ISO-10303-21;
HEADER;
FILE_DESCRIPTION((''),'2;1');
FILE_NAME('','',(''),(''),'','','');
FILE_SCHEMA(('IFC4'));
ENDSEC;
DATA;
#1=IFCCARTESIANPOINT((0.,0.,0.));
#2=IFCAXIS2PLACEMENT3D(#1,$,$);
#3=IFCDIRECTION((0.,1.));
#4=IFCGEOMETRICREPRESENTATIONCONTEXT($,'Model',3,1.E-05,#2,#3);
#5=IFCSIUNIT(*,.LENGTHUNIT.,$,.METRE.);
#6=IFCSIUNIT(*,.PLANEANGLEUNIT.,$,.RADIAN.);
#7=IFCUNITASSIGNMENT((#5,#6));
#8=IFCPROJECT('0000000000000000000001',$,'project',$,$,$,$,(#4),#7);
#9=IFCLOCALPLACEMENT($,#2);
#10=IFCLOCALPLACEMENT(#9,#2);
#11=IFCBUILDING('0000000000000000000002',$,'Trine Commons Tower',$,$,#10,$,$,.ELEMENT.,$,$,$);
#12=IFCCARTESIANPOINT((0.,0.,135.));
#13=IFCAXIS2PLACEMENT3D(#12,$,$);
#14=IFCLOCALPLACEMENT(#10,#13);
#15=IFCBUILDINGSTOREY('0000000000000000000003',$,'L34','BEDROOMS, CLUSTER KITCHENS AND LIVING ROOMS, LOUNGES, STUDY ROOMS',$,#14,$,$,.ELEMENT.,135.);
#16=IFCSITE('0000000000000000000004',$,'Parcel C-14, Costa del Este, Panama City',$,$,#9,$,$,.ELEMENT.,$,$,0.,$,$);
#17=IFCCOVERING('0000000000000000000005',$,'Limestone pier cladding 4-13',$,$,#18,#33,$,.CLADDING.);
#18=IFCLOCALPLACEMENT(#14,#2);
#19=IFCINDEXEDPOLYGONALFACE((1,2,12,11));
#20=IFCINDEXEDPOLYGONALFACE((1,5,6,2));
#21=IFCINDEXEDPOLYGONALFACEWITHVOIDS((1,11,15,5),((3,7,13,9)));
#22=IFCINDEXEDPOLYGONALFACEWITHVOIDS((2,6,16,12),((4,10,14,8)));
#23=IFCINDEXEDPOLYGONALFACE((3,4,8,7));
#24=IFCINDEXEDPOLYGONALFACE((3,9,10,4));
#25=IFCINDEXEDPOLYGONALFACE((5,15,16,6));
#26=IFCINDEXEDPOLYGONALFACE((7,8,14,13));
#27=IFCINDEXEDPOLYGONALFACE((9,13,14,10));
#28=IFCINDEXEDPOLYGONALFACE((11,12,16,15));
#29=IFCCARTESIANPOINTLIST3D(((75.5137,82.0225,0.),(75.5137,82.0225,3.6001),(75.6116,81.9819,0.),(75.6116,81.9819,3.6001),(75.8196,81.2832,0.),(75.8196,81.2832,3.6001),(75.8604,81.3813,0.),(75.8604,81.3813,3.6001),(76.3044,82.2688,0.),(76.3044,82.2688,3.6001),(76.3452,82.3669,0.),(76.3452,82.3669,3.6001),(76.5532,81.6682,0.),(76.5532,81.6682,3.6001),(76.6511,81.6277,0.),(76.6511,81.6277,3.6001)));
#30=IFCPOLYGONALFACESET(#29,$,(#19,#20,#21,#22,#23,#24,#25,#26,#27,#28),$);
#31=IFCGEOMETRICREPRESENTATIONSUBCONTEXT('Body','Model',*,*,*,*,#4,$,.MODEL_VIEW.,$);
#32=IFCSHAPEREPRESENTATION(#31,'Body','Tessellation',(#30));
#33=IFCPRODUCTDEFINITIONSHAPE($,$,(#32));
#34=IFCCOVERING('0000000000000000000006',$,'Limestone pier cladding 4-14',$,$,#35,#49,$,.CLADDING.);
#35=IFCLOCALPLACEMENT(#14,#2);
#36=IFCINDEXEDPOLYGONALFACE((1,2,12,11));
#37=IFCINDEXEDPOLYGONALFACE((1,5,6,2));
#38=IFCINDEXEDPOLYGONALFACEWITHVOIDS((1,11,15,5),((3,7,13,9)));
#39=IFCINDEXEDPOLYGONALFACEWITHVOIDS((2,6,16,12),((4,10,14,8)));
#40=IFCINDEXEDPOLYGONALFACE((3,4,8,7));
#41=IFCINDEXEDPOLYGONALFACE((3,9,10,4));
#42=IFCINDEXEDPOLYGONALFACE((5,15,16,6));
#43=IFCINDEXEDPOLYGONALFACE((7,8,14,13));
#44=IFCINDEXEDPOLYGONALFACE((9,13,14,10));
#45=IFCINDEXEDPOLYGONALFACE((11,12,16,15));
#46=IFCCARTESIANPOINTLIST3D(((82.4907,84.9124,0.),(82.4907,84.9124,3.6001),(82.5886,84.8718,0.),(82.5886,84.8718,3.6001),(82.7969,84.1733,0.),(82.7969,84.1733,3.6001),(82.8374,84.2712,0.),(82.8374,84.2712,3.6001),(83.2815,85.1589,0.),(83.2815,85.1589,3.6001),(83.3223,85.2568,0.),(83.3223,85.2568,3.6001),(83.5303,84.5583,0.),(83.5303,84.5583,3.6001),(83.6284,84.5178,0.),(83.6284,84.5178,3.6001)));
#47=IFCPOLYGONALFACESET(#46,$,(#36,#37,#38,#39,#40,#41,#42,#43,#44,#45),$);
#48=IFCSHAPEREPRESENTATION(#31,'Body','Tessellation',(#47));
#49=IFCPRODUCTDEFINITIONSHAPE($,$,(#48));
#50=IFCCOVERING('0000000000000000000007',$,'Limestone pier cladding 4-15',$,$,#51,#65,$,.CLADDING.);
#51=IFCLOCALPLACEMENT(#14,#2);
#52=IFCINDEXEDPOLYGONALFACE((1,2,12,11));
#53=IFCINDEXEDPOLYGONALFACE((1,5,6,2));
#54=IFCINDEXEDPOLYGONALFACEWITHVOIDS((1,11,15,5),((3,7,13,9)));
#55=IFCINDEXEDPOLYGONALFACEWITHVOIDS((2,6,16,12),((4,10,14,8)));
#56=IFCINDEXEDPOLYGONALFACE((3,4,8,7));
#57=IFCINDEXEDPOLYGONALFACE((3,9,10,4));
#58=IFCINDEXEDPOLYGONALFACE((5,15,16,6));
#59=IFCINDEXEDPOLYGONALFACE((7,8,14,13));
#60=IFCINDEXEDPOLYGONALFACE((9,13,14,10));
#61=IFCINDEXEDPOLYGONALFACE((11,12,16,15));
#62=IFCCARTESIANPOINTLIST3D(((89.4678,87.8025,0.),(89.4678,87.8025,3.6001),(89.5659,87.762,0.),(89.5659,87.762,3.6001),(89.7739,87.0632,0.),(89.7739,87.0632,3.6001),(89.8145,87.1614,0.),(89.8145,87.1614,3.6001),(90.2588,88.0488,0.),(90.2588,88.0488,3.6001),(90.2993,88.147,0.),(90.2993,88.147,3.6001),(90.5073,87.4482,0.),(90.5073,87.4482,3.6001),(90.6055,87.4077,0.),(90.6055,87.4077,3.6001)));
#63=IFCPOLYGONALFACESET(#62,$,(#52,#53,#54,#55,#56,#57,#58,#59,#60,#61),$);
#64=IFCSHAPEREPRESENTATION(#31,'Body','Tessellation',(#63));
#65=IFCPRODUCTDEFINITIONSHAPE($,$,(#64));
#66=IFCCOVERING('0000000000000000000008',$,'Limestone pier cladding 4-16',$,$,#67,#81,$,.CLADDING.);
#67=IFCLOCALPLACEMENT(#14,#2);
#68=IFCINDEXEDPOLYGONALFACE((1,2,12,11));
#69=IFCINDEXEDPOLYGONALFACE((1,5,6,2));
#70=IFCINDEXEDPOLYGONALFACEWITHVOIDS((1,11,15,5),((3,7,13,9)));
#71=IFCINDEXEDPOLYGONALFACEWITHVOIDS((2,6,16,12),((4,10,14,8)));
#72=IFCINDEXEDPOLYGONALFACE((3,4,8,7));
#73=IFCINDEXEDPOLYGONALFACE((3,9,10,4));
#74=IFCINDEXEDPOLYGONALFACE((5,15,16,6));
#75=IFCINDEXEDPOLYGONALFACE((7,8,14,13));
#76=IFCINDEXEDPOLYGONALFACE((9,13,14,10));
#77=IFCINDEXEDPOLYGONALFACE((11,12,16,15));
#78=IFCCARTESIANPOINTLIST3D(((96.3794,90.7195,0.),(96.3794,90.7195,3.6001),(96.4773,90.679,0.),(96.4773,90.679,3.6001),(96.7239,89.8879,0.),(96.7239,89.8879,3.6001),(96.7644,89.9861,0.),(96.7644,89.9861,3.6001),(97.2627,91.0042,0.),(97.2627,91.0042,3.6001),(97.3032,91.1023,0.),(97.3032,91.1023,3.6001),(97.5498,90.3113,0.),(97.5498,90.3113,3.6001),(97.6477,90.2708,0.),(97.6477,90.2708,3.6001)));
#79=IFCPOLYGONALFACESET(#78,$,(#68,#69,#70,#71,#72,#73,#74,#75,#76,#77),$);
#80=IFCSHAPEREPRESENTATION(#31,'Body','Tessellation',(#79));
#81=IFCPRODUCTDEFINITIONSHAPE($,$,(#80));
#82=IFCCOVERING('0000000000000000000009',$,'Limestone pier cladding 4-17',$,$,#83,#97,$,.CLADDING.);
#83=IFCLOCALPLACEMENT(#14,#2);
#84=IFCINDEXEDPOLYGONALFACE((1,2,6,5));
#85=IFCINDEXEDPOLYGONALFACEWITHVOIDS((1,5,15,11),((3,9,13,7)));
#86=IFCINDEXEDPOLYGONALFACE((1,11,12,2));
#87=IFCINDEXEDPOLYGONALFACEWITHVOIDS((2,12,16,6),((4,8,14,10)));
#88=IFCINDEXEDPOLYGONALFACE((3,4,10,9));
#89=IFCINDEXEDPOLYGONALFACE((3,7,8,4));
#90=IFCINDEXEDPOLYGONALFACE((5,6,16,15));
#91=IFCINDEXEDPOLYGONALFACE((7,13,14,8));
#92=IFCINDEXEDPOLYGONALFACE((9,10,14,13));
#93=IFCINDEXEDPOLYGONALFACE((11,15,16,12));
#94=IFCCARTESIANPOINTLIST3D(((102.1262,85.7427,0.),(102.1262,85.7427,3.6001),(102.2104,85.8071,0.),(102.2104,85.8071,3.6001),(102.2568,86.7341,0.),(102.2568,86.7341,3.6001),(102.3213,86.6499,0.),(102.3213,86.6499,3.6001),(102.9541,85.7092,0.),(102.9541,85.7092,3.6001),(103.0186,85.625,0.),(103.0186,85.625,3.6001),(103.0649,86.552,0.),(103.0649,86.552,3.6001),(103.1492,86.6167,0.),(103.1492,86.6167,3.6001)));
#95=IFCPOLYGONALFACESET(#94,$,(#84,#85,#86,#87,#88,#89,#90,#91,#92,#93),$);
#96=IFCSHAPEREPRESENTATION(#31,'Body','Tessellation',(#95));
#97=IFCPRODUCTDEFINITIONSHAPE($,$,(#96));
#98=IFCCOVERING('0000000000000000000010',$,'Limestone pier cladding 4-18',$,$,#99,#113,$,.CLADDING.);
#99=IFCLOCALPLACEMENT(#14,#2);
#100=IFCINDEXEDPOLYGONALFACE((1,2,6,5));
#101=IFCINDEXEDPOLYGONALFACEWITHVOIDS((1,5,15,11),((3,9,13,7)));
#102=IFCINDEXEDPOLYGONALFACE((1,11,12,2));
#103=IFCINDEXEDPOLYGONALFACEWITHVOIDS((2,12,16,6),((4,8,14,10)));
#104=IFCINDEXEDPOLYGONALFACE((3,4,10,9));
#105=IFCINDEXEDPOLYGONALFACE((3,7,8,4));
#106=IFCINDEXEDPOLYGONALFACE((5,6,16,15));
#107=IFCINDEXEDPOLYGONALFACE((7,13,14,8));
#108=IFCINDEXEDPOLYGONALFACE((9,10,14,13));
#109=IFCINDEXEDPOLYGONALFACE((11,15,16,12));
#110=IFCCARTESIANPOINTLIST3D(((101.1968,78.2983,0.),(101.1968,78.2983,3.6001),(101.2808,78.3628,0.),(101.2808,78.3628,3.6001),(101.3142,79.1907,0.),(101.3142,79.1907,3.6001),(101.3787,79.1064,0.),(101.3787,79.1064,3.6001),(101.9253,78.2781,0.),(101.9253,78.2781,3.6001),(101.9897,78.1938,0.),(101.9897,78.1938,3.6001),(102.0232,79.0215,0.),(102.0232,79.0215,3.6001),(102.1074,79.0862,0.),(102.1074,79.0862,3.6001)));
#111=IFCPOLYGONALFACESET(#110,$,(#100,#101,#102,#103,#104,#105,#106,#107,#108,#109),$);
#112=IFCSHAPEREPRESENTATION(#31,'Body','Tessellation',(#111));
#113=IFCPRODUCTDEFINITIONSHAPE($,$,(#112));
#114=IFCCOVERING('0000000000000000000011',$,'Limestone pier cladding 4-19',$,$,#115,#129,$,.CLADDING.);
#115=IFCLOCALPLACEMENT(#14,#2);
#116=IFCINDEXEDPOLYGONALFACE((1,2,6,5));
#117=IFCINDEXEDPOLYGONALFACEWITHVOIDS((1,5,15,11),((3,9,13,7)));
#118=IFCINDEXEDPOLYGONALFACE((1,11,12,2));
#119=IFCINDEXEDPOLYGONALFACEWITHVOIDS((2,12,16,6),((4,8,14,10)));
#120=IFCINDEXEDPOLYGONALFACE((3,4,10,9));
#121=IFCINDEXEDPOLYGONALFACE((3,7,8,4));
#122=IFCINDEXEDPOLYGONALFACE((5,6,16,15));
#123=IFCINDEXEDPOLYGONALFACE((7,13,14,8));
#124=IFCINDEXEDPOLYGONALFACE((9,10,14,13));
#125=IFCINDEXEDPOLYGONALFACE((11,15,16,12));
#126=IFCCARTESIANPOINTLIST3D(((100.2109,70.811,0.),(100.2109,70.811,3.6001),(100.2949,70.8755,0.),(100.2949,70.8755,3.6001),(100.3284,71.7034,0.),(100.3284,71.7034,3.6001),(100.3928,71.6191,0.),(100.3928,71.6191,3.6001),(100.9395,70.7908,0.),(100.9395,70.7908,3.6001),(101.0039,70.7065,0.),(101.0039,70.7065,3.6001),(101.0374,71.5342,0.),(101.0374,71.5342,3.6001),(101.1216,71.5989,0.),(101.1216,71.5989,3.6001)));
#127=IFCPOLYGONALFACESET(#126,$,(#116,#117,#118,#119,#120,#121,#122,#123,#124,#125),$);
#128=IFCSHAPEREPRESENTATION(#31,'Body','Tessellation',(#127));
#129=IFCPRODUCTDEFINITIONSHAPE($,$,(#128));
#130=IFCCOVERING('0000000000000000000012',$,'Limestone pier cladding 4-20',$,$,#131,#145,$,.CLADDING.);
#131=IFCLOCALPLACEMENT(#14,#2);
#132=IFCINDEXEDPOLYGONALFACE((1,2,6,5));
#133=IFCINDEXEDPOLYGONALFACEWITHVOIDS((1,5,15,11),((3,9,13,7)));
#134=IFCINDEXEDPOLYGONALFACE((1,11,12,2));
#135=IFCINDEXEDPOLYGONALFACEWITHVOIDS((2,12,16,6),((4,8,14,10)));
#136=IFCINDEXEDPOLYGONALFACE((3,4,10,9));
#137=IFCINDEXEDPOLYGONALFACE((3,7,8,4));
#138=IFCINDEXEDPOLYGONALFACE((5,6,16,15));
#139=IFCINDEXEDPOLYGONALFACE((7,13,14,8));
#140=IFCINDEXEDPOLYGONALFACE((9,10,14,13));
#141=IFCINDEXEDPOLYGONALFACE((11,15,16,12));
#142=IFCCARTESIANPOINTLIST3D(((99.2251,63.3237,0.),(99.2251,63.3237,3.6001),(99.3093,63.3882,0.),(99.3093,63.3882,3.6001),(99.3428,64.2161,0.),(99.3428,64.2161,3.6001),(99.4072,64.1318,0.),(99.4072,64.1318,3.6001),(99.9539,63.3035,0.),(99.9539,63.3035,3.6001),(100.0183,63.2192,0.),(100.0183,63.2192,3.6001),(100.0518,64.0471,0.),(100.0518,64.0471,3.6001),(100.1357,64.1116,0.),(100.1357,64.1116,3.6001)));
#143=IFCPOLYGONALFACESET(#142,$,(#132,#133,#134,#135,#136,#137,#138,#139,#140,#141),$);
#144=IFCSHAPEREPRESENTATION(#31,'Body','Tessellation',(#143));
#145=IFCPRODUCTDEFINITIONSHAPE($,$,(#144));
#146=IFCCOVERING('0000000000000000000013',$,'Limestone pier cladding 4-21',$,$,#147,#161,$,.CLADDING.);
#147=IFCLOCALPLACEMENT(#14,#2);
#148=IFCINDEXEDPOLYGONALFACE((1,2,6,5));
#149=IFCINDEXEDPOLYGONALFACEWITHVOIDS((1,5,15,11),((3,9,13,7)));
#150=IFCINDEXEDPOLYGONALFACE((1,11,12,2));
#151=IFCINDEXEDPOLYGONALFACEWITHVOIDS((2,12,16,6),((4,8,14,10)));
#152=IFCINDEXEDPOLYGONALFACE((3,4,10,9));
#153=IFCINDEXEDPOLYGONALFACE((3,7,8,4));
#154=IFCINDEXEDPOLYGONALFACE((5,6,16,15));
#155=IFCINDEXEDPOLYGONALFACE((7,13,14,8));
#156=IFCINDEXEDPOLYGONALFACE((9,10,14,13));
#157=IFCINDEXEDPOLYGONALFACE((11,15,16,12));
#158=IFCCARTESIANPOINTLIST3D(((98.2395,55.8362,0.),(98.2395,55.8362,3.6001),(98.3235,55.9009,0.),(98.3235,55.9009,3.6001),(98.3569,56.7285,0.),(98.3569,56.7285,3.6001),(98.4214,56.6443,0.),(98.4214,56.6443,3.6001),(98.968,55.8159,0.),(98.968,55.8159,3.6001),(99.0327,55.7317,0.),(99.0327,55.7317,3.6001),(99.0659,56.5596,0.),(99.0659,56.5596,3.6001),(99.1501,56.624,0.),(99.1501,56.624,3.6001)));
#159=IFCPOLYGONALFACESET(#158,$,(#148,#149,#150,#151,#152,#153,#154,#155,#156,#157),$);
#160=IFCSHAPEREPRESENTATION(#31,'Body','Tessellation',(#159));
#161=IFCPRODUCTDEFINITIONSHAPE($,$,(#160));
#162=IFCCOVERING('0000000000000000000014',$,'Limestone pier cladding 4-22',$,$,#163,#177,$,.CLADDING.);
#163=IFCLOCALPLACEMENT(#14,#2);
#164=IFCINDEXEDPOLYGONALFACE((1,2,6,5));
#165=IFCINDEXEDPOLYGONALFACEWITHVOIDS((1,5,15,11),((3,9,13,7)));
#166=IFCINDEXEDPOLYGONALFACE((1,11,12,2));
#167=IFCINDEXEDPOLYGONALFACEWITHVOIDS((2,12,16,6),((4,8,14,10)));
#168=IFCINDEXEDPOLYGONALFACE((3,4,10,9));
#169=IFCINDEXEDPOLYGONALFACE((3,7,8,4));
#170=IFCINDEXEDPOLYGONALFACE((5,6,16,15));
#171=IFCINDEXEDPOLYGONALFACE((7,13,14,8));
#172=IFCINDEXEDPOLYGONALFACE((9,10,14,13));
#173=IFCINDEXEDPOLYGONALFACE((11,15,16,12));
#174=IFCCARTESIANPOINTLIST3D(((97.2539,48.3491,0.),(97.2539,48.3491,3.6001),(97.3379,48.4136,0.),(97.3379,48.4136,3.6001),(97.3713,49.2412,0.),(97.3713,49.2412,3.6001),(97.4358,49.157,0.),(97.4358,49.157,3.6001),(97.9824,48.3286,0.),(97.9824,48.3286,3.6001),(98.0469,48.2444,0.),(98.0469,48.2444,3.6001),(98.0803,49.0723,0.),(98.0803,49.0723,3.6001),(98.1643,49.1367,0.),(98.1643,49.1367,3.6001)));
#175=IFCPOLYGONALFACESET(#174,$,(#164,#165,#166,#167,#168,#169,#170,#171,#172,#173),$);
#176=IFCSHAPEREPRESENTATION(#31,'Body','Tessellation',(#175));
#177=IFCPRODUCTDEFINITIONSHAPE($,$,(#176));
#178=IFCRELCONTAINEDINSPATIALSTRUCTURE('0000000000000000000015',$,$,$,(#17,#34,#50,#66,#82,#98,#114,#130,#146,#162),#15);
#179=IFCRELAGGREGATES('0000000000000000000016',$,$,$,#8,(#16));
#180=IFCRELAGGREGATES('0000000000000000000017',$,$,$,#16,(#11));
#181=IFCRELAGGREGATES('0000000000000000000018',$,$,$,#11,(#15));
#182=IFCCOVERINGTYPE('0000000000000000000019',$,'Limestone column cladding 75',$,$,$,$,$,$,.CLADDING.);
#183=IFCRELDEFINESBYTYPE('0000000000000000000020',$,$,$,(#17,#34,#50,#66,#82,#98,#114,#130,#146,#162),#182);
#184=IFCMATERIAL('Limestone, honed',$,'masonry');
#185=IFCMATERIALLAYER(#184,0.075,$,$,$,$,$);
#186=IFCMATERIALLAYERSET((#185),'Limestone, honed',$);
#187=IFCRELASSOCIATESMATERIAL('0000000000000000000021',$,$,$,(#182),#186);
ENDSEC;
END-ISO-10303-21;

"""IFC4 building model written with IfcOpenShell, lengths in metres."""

from ifc_helpers import new_model, si_unit, direction, frame, origin, place, context, subcontext, project, spatial, polyline, outline, extrude, material, layer, layer_set, type_object, element, save


model = new_model("IFC4")

# Units and contexts
model_context = context("Model", 3, precision=1e-05, world=origin(), true_north=direction((0.0, 1.0)))
body_context = subcontext(model_context, "Body", "Model", "MODEL_VIEW")
ifc_project = project(units=[si_unit("LENGTHUNIT", "METRE"), si_unit("PLANEANGLEUNIT", "RADIAN")], contexts=[model_context])

# Site, building, storey
site_placement = place(None, origin())
site = spatial("IfcSite", under=ifc_project, at=site_placement, Name="Parcel C-14, Costa del Este, Panama City", CompositionType="ELEMENT", RefElevation=0.0)
building_placement = place(site_placement, origin())
building = spatial("IfcBuilding", under=site, at=building_placement, Name="Trine Commons Tower", CompositionType="ELEMENT")
storey_placement = place(building_placement, frame((0.0, 0.0, 135.0)))
storey = spatial("IfcBuildingStorey", under=building, at=storey_placement, Name="L34", Description="BEDROOMS, CLUSTER KITCHENS AND LIVING ROOMS, LOUNGES, STUDY ROOMS", CompositionType="ELEMENT", Elevation=135.0)

# Coverings
ifc_material_1 = material(Name="Limestone, honed", Category="masonry")
ifc_layer_1 = layer(ifc_material_1, 0.075)
ifc_layer_set_1 = layer_set([ifc_layer_1], Name="Limestone, honed")
covering_type_1 = type_object("IfcCoveringType", Name="Limestone column cladding 75", PredefinedType="CLADDING", material=ifc_layer_set_1)
covering_1_placement = place(storey_placement, origin())
element("IfcCovering", 1, at=covering_1_placement, inside=storey, type_object=covering_type_1, Name="Limestone pier cladding 4-13", PredefinedType="CLADDING", context=body_context, shape_type="SweptSolid", body=[
    extrude(outline(polyline([(76.6511, 81.6277), (76.3452, 82.3669), (75.5137, 82.0225), (75.8196, 81.2832), (76.6511, 81.6277)]), holes=[polyline([(76.5532, 81.6682), (76.3044, 82.2688), (75.6116, 81.9819), (75.8604, 81.3813), (76.5532, 81.6682)])]), origin(), (0.0, 0.0, 1.0), 3.6001),
])
covering_2_placement = place(storey_placement, origin())
element("IfcCovering", 2, at=covering_2_placement, inside=storey, type_object=covering_type_1, Name="Limestone pier cladding 4-14", PredefinedType="CLADDING", context=body_context, shape_type="SweptSolid", body=[
    extrude(outline(polyline([(83.6284, 84.5178), (83.3223, 85.2568), (82.4907, 84.9124), (82.7969, 84.1733), (83.6284, 84.5178)]), holes=[polyline([(83.5303, 84.5583), (83.2815, 85.1589), (82.5886, 84.8718), (82.8374, 84.2712), (83.5303, 84.5583)])]), origin(), (0.0, 0.0, 1.0), 3.6001),
])
covering_3_placement = place(storey_placement, origin())
element("IfcCovering", 3, at=covering_3_placement, inside=storey, type_object=covering_type_1, Name="Limestone pier cladding 4-15", PredefinedType="CLADDING", context=body_context, shape_type="SweptSolid", body=[
    extrude(outline(polyline([(90.6055, 87.4077), (90.2993, 88.147), (89.4678, 87.8025), (89.7739, 87.0632), (90.6055, 87.4077)]), holes=[polyline([(90.5073, 87.4482), (90.2588, 88.0488), (89.5659, 87.762), (89.8145, 87.1614), (90.5073, 87.4482)])]), origin(), (0.0, 0.0, 1.0), 3.6001),
])
covering_4_placement = place(storey_placement, origin())
element("IfcCovering", 4, at=covering_4_placement, inside=storey, type_object=covering_type_1, Name="Limestone pier cladding 4-16", PredefinedType="CLADDING", context=body_context, shape_type="SweptSolid", body=[
    extrude(outline(polyline([(97.6477, 90.2708), (97.3032, 91.1023), (96.3794, 90.7195), (96.7239, 89.8879), (97.6477, 90.2708)]), holes=[polyline([(97.5498, 90.3113), (97.2627, 91.0042), (96.4773, 90.679), (96.7644, 89.9861), (97.5498, 90.3113)])]), origin(), (0.0, 0.0, 1.0), 3.6001),
])
covering_5_placement = place(storey_placement, origin())
element("IfcCovering", 5, at=covering_5_placement, inside=storey, type_object=covering_type_1, Name="Limestone pier cladding 4-17", PredefinedType="CLADDING", context=body_context, shape_type="SweptSolid", body=[
    extrude(outline(polyline([(103.1492, 86.6167), (102.2568, 86.7341), (102.1262, 85.7427), (103.0186, 85.625), (103.1492, 86.6167)]), holes=[polyline([(103.0649, 86.552), (102.3213, 86.6499), (102.2104, 85.8071), (102.9541, 85.7092), (103.0649, 86.552)])]), origin(), (0.0, 0.0, 1.0), 3.6001),
])
covering_6_placement = place(storey_placement, origin())
element("IfcCovering", 6, at=covering_6_placement, inside=storey, type_object=covering_type_1, Name="Limestone pier cladding 4-18", PredefinedType="CLADDING", context=body_context, shape_type="SweptSolid", body=[
    extrude(outline(polyline([(102.1074, 79.0862), (101.3142, 79.1907), (101.1968, 78.2983), (101.9897, 78.1938), (102.1074, 79.0862)]), holes=[polyline([(102.0232, 79.0215), (101.3787, 79.1064), (101.2808, 78.3628), (101.9253, 78.2781), (102.0232, 79.0215)])]), origin(), (0.0, 0.0, 1.0), 3.6001),
])
covering_7_placement = place(storey_placement, origin())
element("IfcCovering", 7, at=covering_7_placement, inside=storey, type_object=covering_type_1, Name="Limestone pier cladding 4-19", PredefinedType="CLADDING", context=body_context, shape_type="SweptSolid", body=[
    extrude(outline(polyline([(101.1216, 71.5989), (100.3284, 71.7034), (100.2109, 70.811), (101.0039, 70.7065), (101.1216, 71.5989)]), holes=[polyline([(101.0374, 71.5342), (100.3928, 71.6191), (100.2949, 70.8755), (100.9395, 70.7908), (101.0374, 71.5342)])]), origin(), (0.0, 0.0, 1.0), 3.6001),
])
covering_8_placement = place(storey_placement, origin())
element("IfcCovering", 8, at=covering_8_placement, inside=storey, type_object=covering_type_1, Name="Limestone pier cladding 4-20", PredefinedType="CLADDING", context=body_context, shape_type="SweptSolid", body=[
    extrude(outline(polyline([(100.1357, 64.1116), (99.3428, 64.2161), (99.2251, 63.3237), (100.0183, 63.2192), (100.1357, 64.1116)]), holes=[polyline([(100.0518, 64.0471), (99.4072, 64.1318), (99.3093, 63.3882), (99.9539, 63.3035), (100.0518, 64.0471)])]), origin(), (0.0, 0.0, 1.0), 3.6001),
])
covering_9_placement = place(storey_placement, origin())
element("IfcCovering", 9, at=covering_9_placement, inside=storey, type_object=covering_type_1, Name="Limestone pier cladding 4-21", PredefinedType="CLADDING", context=body_context, shape_type="SweptSolid", body=[
    extrude(outline(polyline([(99.1501, 56.624), (98.3569, 56.7285), (98.2395, 55.8362), (99.0327, 55.7317), (99.1501, 56.624)]), holes=[polyline([(99.0659, 56.5596), (98.4214, 56.6443), (98.3235, 55.9009), (98.968, 55.8159), (99.0659, 56.5596)])]), origin(), (0.0, 0.0, 1.0), 3.6001),
])
covering_10_placement = place(storey_placement, origin())
element("IfcCovering", 10, at=covering_10_placement, inside=storey, type_object=covering_type_1, Name="Limestone pier cladding 4-22", PredefinedType="CLADDING", context=body_context, shape_type="SweptSolid", body=[
    extrude(outline(polyline([(98.1643, 49.1367), (97.3713, 49.2412), (97.2539, 48.3491), (98.0469, 48.2444), (98.1643, 49.1367)]), holes=[polyline([(98.0803, 49.0723), (97.4358, 49.157), (97.3379, 48.4136), (97.9824, 48.3286), (98.0803, 49.0723)])]), origin(), (0.0, 0.0, 1.0), 3.6001),
])

save(model, "model.ifc")
